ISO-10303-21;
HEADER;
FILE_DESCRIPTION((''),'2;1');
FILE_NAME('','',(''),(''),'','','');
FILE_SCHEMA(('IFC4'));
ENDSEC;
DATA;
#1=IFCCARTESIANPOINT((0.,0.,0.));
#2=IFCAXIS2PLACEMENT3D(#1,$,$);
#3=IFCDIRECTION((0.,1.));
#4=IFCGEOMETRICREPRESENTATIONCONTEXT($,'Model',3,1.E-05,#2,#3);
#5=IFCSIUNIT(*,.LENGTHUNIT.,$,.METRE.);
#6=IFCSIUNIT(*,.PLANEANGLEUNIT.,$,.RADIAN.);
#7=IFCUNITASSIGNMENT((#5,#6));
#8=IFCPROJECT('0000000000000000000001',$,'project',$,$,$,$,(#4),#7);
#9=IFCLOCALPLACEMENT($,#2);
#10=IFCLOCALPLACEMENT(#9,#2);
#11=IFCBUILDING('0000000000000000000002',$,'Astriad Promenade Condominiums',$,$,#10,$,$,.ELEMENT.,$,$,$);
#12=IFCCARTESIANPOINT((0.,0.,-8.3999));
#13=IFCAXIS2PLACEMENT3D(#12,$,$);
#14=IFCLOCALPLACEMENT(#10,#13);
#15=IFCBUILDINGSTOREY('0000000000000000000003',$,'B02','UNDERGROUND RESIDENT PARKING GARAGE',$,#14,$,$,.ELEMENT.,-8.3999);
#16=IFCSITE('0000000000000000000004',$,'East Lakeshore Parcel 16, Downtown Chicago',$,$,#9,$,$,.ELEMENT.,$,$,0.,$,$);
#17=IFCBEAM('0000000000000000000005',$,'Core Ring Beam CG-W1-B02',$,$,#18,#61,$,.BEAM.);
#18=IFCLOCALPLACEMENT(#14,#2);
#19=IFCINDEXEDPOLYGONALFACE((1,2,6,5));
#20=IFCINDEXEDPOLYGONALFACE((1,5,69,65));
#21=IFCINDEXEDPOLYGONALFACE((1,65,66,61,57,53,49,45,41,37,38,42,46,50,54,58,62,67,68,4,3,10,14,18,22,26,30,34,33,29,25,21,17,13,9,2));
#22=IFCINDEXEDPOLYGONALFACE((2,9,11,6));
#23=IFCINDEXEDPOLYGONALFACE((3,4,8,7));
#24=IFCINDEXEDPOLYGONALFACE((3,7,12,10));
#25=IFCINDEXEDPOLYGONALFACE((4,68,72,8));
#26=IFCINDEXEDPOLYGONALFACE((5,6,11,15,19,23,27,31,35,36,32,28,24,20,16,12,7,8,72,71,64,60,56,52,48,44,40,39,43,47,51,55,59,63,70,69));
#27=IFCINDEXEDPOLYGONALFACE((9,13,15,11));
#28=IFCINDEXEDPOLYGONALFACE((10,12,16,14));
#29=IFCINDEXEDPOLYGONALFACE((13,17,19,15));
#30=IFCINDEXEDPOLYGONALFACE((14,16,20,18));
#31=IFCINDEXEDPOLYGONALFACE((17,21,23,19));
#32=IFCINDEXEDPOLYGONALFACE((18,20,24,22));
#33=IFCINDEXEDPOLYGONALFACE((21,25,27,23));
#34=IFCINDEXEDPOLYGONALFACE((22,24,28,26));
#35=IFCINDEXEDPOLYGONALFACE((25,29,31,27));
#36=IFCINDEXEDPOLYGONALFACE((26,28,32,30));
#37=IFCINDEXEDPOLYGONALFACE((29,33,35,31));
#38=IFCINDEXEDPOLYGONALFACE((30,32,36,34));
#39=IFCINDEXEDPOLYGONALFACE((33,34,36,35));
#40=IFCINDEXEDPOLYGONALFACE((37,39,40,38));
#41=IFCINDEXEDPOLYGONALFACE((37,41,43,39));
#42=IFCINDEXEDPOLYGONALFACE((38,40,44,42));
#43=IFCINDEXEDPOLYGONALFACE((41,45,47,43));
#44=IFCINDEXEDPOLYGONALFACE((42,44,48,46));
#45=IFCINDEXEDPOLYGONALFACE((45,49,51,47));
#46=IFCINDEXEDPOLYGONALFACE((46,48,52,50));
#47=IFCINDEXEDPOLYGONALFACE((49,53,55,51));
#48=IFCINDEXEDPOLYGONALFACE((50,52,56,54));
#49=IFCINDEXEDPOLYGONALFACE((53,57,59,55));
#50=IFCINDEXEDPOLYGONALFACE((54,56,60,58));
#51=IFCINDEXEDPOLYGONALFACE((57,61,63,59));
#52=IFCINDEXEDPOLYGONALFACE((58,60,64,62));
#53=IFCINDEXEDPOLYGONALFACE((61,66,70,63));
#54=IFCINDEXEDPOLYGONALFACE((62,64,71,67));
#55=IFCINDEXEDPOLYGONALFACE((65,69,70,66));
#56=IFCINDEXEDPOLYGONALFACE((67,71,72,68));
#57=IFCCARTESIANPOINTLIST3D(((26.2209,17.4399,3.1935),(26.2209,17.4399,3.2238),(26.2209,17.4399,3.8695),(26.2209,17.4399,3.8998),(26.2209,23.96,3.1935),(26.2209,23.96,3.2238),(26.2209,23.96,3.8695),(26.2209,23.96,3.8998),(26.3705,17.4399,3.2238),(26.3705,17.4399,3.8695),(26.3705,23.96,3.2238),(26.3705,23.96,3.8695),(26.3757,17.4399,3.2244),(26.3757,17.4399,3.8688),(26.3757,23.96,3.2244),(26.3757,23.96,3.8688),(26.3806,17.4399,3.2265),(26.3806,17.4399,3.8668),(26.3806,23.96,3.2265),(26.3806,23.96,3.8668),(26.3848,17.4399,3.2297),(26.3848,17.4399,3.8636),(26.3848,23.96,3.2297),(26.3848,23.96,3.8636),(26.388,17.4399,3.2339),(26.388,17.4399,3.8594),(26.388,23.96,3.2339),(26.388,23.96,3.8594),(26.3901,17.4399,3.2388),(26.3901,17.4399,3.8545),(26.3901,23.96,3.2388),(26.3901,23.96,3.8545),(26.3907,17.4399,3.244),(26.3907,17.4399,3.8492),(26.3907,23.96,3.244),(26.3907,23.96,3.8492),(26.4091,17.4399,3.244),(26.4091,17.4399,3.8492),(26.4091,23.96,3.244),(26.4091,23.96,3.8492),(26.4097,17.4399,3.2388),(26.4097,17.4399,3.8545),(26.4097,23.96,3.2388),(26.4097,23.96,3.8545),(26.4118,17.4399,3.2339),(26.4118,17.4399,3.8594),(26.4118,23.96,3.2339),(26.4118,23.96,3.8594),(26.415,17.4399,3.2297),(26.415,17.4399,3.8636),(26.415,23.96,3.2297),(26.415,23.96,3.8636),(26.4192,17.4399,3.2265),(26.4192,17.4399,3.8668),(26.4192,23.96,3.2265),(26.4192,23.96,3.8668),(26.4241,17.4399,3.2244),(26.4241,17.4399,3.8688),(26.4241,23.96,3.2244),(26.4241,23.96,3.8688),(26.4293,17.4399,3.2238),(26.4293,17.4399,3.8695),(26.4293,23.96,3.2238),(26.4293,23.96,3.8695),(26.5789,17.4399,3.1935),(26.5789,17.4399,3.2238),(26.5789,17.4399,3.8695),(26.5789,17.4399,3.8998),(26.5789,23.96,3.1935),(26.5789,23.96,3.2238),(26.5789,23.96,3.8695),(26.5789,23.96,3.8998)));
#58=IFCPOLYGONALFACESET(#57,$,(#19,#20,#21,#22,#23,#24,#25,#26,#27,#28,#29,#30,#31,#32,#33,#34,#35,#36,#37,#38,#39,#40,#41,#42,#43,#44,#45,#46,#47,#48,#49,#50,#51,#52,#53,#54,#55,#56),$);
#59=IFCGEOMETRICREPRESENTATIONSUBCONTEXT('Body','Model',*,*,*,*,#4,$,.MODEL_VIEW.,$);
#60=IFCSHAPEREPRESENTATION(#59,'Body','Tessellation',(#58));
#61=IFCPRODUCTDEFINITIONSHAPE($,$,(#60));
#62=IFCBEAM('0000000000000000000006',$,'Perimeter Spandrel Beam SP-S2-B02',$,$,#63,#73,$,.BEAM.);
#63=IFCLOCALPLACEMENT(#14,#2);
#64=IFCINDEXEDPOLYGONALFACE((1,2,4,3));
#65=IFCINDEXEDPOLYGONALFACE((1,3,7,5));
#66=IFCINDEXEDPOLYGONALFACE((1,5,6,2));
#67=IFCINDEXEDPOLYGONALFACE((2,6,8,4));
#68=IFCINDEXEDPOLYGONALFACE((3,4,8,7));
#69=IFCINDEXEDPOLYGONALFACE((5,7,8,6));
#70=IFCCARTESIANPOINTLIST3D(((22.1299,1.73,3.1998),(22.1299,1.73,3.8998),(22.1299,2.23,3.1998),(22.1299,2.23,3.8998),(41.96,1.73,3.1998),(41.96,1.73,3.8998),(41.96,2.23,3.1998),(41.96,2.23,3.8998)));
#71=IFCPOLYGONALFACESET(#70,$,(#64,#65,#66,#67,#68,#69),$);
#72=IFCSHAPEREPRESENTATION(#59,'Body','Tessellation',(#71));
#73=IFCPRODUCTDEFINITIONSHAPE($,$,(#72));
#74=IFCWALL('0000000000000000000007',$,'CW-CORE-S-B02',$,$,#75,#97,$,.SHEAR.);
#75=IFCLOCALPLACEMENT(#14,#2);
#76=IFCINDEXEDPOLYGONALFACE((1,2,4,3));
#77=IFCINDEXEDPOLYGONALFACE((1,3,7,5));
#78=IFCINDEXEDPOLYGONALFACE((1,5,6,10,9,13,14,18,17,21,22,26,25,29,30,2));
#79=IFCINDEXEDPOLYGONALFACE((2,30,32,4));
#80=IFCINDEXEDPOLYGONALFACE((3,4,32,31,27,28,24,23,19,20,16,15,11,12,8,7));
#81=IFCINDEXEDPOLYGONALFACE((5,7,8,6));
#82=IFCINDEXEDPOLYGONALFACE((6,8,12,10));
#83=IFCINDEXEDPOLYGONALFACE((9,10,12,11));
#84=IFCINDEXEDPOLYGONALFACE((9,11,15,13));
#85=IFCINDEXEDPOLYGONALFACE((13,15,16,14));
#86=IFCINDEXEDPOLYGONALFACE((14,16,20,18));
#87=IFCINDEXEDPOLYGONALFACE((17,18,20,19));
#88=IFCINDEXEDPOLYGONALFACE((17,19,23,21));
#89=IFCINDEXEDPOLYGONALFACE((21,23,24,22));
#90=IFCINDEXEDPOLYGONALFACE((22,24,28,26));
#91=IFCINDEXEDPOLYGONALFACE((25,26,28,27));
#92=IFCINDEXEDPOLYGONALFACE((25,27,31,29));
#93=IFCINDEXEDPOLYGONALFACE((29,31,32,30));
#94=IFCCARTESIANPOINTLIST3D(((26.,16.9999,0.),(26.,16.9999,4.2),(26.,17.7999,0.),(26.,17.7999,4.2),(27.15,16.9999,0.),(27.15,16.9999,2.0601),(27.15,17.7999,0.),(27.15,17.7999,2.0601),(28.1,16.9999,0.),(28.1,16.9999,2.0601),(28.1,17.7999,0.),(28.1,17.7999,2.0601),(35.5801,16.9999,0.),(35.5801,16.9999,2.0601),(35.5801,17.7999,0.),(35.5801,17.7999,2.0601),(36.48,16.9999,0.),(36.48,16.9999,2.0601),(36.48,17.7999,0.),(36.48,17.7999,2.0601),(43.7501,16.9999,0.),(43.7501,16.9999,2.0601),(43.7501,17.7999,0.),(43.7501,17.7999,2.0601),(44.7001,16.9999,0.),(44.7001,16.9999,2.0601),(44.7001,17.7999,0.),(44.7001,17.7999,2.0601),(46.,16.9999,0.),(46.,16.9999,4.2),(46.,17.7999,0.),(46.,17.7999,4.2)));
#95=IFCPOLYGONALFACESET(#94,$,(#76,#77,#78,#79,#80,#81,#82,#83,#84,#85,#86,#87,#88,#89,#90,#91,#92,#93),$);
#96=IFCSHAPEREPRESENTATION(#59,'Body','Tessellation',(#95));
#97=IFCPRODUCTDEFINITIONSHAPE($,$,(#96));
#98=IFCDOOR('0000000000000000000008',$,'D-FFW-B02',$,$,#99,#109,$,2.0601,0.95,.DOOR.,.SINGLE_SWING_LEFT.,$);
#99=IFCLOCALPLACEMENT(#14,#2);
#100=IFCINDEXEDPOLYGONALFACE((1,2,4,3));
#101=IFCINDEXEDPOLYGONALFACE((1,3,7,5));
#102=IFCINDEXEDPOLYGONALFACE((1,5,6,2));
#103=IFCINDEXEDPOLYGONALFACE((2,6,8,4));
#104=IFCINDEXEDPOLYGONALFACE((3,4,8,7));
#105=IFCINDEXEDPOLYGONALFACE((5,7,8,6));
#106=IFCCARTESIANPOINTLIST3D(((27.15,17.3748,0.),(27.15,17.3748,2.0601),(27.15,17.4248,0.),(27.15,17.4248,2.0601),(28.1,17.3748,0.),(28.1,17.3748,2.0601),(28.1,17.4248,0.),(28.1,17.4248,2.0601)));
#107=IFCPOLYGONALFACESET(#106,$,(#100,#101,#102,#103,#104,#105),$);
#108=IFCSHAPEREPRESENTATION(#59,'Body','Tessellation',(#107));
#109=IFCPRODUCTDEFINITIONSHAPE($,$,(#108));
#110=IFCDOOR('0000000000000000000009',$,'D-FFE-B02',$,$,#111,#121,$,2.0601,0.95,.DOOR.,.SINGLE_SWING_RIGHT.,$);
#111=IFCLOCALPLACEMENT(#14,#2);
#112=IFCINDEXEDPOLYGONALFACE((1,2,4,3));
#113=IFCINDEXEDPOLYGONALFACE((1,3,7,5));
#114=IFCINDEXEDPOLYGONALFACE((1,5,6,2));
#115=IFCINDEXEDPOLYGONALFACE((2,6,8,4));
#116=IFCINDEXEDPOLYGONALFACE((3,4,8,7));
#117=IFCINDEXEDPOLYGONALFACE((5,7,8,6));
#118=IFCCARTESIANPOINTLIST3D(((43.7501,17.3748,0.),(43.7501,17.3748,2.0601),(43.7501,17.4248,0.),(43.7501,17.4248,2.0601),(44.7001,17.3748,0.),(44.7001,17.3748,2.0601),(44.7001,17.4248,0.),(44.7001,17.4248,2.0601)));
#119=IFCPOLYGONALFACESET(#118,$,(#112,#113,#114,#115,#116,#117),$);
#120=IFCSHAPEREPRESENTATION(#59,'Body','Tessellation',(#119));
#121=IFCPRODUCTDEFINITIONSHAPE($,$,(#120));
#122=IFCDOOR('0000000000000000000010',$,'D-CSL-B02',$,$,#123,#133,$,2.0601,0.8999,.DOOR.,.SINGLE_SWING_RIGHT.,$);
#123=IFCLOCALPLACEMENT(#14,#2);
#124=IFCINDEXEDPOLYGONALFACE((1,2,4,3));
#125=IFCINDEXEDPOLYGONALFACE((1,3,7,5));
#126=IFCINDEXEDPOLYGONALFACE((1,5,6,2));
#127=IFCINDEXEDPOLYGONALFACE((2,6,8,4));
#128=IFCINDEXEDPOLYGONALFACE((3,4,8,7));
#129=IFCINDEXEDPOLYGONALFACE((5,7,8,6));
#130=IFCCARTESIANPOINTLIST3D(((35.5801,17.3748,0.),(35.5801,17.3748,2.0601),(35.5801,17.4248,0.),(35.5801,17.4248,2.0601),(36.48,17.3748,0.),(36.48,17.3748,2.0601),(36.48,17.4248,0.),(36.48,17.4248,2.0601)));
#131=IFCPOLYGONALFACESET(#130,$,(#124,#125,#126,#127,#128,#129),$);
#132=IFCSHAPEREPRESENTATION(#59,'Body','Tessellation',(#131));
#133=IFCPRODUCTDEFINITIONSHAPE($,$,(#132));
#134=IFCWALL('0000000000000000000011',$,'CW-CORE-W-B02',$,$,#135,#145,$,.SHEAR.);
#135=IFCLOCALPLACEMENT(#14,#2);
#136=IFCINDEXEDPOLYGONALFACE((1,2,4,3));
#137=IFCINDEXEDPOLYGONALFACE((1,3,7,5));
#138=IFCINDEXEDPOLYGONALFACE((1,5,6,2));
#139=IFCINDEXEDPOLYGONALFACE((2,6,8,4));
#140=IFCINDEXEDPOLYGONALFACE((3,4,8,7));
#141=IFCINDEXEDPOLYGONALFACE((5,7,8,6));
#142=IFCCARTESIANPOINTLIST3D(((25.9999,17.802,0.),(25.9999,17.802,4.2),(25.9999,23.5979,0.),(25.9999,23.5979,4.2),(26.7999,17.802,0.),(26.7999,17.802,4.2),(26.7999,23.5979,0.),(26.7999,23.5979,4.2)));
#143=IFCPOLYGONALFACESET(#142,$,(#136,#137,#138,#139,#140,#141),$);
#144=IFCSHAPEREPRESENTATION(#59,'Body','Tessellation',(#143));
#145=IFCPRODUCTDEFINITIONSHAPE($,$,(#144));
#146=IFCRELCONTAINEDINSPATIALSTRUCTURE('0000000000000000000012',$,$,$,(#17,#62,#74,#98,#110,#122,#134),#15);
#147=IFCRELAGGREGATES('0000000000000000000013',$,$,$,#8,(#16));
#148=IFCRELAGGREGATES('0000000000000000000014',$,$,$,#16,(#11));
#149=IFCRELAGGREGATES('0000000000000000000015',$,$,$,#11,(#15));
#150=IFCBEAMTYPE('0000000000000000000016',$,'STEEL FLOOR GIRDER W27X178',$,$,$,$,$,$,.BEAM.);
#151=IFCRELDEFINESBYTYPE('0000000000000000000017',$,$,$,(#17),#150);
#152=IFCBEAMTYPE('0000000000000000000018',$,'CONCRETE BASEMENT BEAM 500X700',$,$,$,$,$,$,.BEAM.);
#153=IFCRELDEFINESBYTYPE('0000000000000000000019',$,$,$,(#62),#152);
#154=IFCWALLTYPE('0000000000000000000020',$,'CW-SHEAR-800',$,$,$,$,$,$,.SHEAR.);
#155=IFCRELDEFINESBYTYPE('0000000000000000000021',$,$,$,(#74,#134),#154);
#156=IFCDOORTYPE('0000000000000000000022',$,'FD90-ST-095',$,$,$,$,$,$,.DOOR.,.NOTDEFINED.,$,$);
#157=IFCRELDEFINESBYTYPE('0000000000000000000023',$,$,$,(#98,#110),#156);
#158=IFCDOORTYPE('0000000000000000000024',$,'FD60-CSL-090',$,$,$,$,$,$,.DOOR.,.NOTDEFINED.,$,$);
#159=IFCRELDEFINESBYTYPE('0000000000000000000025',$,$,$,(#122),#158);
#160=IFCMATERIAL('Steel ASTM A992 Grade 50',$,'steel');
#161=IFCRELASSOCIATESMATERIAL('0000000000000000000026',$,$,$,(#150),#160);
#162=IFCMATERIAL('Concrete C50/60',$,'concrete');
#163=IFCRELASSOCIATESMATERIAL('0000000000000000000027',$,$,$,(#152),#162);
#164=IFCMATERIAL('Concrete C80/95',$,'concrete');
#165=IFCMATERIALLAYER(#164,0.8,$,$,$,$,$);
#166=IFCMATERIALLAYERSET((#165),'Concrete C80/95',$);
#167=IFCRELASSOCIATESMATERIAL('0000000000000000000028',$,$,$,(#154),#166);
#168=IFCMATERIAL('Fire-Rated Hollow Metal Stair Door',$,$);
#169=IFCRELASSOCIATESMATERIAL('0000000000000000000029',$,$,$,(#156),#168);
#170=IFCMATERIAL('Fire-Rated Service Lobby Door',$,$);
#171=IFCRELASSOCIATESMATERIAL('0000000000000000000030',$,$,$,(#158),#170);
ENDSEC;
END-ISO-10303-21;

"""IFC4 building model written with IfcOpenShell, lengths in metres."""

from ifc_helpers import new_model, si_unit, direction, frame, frame_2d, origin, origin_2d, place, context, subcontext, project, spatial, rectangle, i_section, extrude, source, transform, mapped, material, layer, layer_set, material_profile, profile_set, type_object, type_shapes, element, fill, save


model = new_model("IFC4")

# Units and contexts
model_context = context("Model", 3, precision=1e-05, world=origin(), true_north=direction((0.0, 1.0)))
body_context = subcontext(model_context, "Body", "Model", "MODEL_VIEW")
ifc_project = project(units=[si_unit("LENGTHUNIT", "METRE"), si_unit("PLANEANGLEUNIT", "RADIAN")], contexts=[model_context])

# Site, building, storey
site_placement = place(None, origin())
site = spatial("IfcSite", under=ifc_project, at=site_placement, Name="East Lakeshore Parcel 16, Downtown Chicago", CompositionType="ELEMENT", RefElevation=0.0)
building_placement = place(site_placement, origin())
building = spatial("IfcBuilding", under=site, at=building_placement, Name="Astriad Promenade Condominiums", CompositionType="ELEMENT")
storey_placement = place(building_placement, frame((0.0, 0.0, -8.3999)))
storey = spatial("IfcBuildingStorey", under=building, at=storey_placement, Name="B02", Description="UNDERGROUND RESIDENT PARKING GARAGE", CompositionType="ELEMENT", Elevation=-8.3999)

# Shared definitions
ifc_material_1 = material(Name="Concrete C50/60", Category="concrete")

# Shared definitions
ifc_material_2 = material(Name="Steel ASTM A992 Grade 50", Category="steel")
ifc_material_3 = material(Name="Concrete C80/95", Category="concrete")

# Beams
ifc_material_profile_1 = material_profile(ifc_material_2, i_section(OverallWidth=0.3579, OverallDepth=0.7063, WebThickness=0.0183, FlangeThickness=0.0303, FilletRadius=0.0203, at=origin_2d()), Name="W27X178")
ifc_profile_set_1 = profile_set([ifc_material_profile_1], Name="Steel ASTM A992 Grade 50")
beam_type_1 = type_object("IfcBeamType", Name="STEEL FLOOR GIRDER W27X178", PredefinedType="BEAM", material=ifc_profile_set_1)
shared_shape_1 = source(origin(), body_context, "Body", "SweptSolid", [
    extrude(i_section(OverallWidth=0.3579, OverallDepth=0.7063, WebThickness=0.0183, FlangeThickness=0.0303, FilletRadius=0.0203, at=origin_2d()), origin(), (0.0, 0.0, 1.0), 6.52),
])
type_shapes(beam_type_1, [shared_shape_1])
beam_1_placement = place(storey_placement, frame((26.3999, 17.4399, 3.5466), z_axis=(0.0, 1.0, 0.0), x_axis=(-1.0, 0.0, 0.0)))
element("IfcBeam", 1, at=beam_1_placement, inside=storey, type_object=beam_type_1, Name="Core Ring Beam CG-W1-B02", PredefinedType="BEAM", context=body_context, shape_type="MappedRepresentation", body=[
    mapped(shared_shape_1, transform((0.0, 0.0, 0.0), scale=1.0)),
])
ifc_material_profile_2 = material_profile(ifc_material_1, rectangle(XDim=0.5, YDim=0.7, at=origin_2d()), Name="RC-BM-500X700")
ifc_profile_set_2 = profile_set([ifc_material_profile_2], Name="Concrete C50/60")
beam_type_2 = type_object("IfcBeamType", Name="CONCRETE BASEMENT BEAM 500X700", PredefinedType="BEAM", material=ifc_profile_set_2)
shared_shape_2 = source(origin(), body_context, "Body", "SweptSolid", [
    extrude(rectangle(XDim=0.5, YDim=0.7, at=origin_2d()), origin(), (0.0, 0.0, 1.0), 19.8301),
])
type_shapes(beam_type_2, [shared_shape_2])
beam_2_placement = place(storey_placement, frame((22.1299, 1.98, 3.5498), z_axis=(1.0, 0.0, 0.0), x_axis=(0.0, 1.0, 0.0)))
element("IfcBeam", 2, at=beam_2_placement, inside=storey, type_object=beam_type_2, Name="Perimeter Spandrel Beam SP-S2-B02", PredefinedType="BEAM", context=body_context, shape_type="MappedRepresentation", body=[
    mapped(shared_shape_2, transform((0.0, 0.0, 0.0), scale=1.0)),
])

# Wall, openings, doors
ifc_layer_1 = layer(ifc_material_3, 0.8)
ifc_layer_set_1 = layer_set([ifc_layer_1], Name="Concrete C80/95")
wall_type_1 = type_object("IfcWallType", Name="CW-SHEAR-800", PredefinedType="SHEAR", material=ifc_layer_set_1)
wall_1_placement = place(storey_placement, frame((26.0, 17.3999, 0.0), z_axis=(0.0, 0.0, 1.0), x_axis=(1.0, 0.0, 0.0)))
wall_1 = element("IfcWall", 3, at=wall_1_placement, inside=storey, type_object=wall_type_1, Name="CW-CORE-S-B02", PredefinedType="SHEAR", context=body_context, shape_type="SweptSolid", body=[
    extrude(rectangle(XDim=20.0, YDim=0.8, at=frame_2d((10.0, 0.0))), origin(), (0.0, 0.0, 1.0), 4.2),
])
opening_1_placement = place(wall_1_placement, frame((1.1499, 0.0, 0.0)))
opening_1 = element("IfcOpeningElement", 4, at=opening_1_placement, cuts=wall_1, PredefinedType="OPENING", context=body_context, shape_type="SweptSolid", body=[
    extrude(rectangle(XDim=0.95, YDim=2.0601, at=frame_2d((0.4751, 1.03))), frame((0.0, 0.4099, 0.0), z_axis=(0.0, -1.0, 0.0), x_axis=(1.0, 0.0, 0.0)), (0.0, 0.0, 1.0), 0.8201),
])
opening_2_placement = place(wall_1_placement, frame((9.5801, 0.0, 0.0)))
opening_2 = element("IfcOpeningElement", 5, at=opening_2_placement, cuts=wall_1, PredefinedType="OPENING", context=body_context, shape_type="SweptSolid", body=[
    extrude(rectangle(XDim=0.8999, YDim=2.0601, at=frame_2d((0.45, 1.03))), frame((0.0, 0.4099, 0.0), z_axis=(0.0, -1.0, 0.0), x_axis=(1.0, 0.0, 0.0)), (0.0, 0.0, 1.0), 0.8201),
])
opening_3_placement = place(wall_1_placement, frame((17.75, 0.0, 0.0)))
opening_3 = element("IfcOpeningElement", 6, at=opening_3_placement, cuts=wall_1, PredefinedType="OPENING", context=body_context, shape_type="SweptSolid", body=[
    extrude(rectangle(XDim=0.95, YDim=2.0601, at=frame_2d((0.4751, 1.03))), frame((0.0, 0.4099, 0.0), z_axis=(0.0, -1.0, 0.0), x_axis=(1.0, 0.0, 0.0)), (0.0, 0.0, 1.0), 0.8201),
])
ifc_material_4 = material(Name="Fire-Rated Hollow Metal Stair Door")
door_type_1 = type_object("IfcDoorType", Name="FD90-ST-095", OperationType="NOTDEFINED", PredefinedType="DOOR", material=ifc_material_4)
shared_shape_3 = source(origin(), body_context, "Body", "SweptSolid", [
    extrude(rectangle(XDim=0.95, YDim=2.0601, at=frame_2d((0.4751, 1.03))), frame((0.0, 0.0249, 0.0), z_axis=(0.0, -1.0, 0.0), x_axis=(1.0, 0.0, 0.0)), (0.0, 0.0, 1.0), 0.05),
])
type_shapes(door_type_1, [shared_shape_3])
door_1_placement = place(opening_1_placement, origin())
door_1 = element("IfcDoor", 7, at=door_1_placement, inside=storey, type_object=door_type_1, Name="D-FFW-B02", OperationType="SINGLE_SWING_LEFT", OverallHeight=2.0601, OverallWidth=0.95, PredefinedType="DOOR", context=body_context, shape_type="MappedRepresentation", body=[
    mapped(shared_shape_3, transform((0.0, 0.0, 0.0), scale=1.0)),
])
fill(opening_1, door_1)
door_2_placement = place(opening_3_placement, origin())
door_2 = element("IfcDoor", 8, at=door_2_placement, inside=storey, type_object=door_type_1, Name="D-FFE-B02", OperationType="SINGLE_SWING_RIGHT", OverallHeight=2.0601, OverallWidth=0.95, PredefinedType="DOOR", context=body_context, shape_type="MappedRepresentation", body=[
    mapped(shared_shape_3, transform((0.0, 0.0, 0.0), scale=1.0)),
])
fill(opening_3, door_2)
ifc_material_5 = material(Name="Fire-Rated Service Lobby Door")
door_type_2 = type_object("IfcDoorType", Name="FD60-CSL-090", OperationType="NOTDEFINED", PredefinedType="DOOR", material=ifc_material_5)
shared_shape_4 = source(origin(), body_context, "Body", "SweptSolid", [
    extrude(rectangle(XDim=0.8999, YDim=2.0601, at=frame_2d((0.45, 1.03))), frame((0.0, 0.0249, 0.0), z_axis=(0.0, -1.0, 0.0), x_axis=(1.0, 0.0, 0.0)), (0.0, 0.0, 1.0), 0.05),
])
type_shapes(door_type_2, [shared_shape_4])
door_3_placement = place(opening_2_placement, origin())
door_3 = element("IfcDoor", 9, at=door_3_placement, inside=storey, type_object=door_type_2, Name="D-CSL-B02", OperationType="SINGLE_SWING_RIGHT", OverallHeight=2.0601, OverallWidth=0.8999, PredefinedType="DOOR", context=body_context, shape_type="MappedRepresentation", body=[
    mapped(shared_shape_4, transform((0.0, 0.0, 0.0), scale=1.0)),
])
fill(opening_2, door_3)

# Wall
wall_2_placement = place(storey_placement, frame((26.3999, 17.802, 0.0), z_axis=(0.0, 0.0, 1.0), x_axis=(0.0, 1.0, 0.0)))
element("IfcWall", 10, at=wall_2_placement, inside=storey, type_object=wall_type_1, Name="CW-CORE-W-B02", PredefinedType="SHEAR", context=body_context, shape_type="SweptSolid", body=[
    extrude(rectangle(XDim=5.7959, YDim=0.8, at=frame_2d((2.8979, 0.0))), origin(), (0.0, 0.0, 1.0), 4.2),
])

save(model, "model.ifc")
